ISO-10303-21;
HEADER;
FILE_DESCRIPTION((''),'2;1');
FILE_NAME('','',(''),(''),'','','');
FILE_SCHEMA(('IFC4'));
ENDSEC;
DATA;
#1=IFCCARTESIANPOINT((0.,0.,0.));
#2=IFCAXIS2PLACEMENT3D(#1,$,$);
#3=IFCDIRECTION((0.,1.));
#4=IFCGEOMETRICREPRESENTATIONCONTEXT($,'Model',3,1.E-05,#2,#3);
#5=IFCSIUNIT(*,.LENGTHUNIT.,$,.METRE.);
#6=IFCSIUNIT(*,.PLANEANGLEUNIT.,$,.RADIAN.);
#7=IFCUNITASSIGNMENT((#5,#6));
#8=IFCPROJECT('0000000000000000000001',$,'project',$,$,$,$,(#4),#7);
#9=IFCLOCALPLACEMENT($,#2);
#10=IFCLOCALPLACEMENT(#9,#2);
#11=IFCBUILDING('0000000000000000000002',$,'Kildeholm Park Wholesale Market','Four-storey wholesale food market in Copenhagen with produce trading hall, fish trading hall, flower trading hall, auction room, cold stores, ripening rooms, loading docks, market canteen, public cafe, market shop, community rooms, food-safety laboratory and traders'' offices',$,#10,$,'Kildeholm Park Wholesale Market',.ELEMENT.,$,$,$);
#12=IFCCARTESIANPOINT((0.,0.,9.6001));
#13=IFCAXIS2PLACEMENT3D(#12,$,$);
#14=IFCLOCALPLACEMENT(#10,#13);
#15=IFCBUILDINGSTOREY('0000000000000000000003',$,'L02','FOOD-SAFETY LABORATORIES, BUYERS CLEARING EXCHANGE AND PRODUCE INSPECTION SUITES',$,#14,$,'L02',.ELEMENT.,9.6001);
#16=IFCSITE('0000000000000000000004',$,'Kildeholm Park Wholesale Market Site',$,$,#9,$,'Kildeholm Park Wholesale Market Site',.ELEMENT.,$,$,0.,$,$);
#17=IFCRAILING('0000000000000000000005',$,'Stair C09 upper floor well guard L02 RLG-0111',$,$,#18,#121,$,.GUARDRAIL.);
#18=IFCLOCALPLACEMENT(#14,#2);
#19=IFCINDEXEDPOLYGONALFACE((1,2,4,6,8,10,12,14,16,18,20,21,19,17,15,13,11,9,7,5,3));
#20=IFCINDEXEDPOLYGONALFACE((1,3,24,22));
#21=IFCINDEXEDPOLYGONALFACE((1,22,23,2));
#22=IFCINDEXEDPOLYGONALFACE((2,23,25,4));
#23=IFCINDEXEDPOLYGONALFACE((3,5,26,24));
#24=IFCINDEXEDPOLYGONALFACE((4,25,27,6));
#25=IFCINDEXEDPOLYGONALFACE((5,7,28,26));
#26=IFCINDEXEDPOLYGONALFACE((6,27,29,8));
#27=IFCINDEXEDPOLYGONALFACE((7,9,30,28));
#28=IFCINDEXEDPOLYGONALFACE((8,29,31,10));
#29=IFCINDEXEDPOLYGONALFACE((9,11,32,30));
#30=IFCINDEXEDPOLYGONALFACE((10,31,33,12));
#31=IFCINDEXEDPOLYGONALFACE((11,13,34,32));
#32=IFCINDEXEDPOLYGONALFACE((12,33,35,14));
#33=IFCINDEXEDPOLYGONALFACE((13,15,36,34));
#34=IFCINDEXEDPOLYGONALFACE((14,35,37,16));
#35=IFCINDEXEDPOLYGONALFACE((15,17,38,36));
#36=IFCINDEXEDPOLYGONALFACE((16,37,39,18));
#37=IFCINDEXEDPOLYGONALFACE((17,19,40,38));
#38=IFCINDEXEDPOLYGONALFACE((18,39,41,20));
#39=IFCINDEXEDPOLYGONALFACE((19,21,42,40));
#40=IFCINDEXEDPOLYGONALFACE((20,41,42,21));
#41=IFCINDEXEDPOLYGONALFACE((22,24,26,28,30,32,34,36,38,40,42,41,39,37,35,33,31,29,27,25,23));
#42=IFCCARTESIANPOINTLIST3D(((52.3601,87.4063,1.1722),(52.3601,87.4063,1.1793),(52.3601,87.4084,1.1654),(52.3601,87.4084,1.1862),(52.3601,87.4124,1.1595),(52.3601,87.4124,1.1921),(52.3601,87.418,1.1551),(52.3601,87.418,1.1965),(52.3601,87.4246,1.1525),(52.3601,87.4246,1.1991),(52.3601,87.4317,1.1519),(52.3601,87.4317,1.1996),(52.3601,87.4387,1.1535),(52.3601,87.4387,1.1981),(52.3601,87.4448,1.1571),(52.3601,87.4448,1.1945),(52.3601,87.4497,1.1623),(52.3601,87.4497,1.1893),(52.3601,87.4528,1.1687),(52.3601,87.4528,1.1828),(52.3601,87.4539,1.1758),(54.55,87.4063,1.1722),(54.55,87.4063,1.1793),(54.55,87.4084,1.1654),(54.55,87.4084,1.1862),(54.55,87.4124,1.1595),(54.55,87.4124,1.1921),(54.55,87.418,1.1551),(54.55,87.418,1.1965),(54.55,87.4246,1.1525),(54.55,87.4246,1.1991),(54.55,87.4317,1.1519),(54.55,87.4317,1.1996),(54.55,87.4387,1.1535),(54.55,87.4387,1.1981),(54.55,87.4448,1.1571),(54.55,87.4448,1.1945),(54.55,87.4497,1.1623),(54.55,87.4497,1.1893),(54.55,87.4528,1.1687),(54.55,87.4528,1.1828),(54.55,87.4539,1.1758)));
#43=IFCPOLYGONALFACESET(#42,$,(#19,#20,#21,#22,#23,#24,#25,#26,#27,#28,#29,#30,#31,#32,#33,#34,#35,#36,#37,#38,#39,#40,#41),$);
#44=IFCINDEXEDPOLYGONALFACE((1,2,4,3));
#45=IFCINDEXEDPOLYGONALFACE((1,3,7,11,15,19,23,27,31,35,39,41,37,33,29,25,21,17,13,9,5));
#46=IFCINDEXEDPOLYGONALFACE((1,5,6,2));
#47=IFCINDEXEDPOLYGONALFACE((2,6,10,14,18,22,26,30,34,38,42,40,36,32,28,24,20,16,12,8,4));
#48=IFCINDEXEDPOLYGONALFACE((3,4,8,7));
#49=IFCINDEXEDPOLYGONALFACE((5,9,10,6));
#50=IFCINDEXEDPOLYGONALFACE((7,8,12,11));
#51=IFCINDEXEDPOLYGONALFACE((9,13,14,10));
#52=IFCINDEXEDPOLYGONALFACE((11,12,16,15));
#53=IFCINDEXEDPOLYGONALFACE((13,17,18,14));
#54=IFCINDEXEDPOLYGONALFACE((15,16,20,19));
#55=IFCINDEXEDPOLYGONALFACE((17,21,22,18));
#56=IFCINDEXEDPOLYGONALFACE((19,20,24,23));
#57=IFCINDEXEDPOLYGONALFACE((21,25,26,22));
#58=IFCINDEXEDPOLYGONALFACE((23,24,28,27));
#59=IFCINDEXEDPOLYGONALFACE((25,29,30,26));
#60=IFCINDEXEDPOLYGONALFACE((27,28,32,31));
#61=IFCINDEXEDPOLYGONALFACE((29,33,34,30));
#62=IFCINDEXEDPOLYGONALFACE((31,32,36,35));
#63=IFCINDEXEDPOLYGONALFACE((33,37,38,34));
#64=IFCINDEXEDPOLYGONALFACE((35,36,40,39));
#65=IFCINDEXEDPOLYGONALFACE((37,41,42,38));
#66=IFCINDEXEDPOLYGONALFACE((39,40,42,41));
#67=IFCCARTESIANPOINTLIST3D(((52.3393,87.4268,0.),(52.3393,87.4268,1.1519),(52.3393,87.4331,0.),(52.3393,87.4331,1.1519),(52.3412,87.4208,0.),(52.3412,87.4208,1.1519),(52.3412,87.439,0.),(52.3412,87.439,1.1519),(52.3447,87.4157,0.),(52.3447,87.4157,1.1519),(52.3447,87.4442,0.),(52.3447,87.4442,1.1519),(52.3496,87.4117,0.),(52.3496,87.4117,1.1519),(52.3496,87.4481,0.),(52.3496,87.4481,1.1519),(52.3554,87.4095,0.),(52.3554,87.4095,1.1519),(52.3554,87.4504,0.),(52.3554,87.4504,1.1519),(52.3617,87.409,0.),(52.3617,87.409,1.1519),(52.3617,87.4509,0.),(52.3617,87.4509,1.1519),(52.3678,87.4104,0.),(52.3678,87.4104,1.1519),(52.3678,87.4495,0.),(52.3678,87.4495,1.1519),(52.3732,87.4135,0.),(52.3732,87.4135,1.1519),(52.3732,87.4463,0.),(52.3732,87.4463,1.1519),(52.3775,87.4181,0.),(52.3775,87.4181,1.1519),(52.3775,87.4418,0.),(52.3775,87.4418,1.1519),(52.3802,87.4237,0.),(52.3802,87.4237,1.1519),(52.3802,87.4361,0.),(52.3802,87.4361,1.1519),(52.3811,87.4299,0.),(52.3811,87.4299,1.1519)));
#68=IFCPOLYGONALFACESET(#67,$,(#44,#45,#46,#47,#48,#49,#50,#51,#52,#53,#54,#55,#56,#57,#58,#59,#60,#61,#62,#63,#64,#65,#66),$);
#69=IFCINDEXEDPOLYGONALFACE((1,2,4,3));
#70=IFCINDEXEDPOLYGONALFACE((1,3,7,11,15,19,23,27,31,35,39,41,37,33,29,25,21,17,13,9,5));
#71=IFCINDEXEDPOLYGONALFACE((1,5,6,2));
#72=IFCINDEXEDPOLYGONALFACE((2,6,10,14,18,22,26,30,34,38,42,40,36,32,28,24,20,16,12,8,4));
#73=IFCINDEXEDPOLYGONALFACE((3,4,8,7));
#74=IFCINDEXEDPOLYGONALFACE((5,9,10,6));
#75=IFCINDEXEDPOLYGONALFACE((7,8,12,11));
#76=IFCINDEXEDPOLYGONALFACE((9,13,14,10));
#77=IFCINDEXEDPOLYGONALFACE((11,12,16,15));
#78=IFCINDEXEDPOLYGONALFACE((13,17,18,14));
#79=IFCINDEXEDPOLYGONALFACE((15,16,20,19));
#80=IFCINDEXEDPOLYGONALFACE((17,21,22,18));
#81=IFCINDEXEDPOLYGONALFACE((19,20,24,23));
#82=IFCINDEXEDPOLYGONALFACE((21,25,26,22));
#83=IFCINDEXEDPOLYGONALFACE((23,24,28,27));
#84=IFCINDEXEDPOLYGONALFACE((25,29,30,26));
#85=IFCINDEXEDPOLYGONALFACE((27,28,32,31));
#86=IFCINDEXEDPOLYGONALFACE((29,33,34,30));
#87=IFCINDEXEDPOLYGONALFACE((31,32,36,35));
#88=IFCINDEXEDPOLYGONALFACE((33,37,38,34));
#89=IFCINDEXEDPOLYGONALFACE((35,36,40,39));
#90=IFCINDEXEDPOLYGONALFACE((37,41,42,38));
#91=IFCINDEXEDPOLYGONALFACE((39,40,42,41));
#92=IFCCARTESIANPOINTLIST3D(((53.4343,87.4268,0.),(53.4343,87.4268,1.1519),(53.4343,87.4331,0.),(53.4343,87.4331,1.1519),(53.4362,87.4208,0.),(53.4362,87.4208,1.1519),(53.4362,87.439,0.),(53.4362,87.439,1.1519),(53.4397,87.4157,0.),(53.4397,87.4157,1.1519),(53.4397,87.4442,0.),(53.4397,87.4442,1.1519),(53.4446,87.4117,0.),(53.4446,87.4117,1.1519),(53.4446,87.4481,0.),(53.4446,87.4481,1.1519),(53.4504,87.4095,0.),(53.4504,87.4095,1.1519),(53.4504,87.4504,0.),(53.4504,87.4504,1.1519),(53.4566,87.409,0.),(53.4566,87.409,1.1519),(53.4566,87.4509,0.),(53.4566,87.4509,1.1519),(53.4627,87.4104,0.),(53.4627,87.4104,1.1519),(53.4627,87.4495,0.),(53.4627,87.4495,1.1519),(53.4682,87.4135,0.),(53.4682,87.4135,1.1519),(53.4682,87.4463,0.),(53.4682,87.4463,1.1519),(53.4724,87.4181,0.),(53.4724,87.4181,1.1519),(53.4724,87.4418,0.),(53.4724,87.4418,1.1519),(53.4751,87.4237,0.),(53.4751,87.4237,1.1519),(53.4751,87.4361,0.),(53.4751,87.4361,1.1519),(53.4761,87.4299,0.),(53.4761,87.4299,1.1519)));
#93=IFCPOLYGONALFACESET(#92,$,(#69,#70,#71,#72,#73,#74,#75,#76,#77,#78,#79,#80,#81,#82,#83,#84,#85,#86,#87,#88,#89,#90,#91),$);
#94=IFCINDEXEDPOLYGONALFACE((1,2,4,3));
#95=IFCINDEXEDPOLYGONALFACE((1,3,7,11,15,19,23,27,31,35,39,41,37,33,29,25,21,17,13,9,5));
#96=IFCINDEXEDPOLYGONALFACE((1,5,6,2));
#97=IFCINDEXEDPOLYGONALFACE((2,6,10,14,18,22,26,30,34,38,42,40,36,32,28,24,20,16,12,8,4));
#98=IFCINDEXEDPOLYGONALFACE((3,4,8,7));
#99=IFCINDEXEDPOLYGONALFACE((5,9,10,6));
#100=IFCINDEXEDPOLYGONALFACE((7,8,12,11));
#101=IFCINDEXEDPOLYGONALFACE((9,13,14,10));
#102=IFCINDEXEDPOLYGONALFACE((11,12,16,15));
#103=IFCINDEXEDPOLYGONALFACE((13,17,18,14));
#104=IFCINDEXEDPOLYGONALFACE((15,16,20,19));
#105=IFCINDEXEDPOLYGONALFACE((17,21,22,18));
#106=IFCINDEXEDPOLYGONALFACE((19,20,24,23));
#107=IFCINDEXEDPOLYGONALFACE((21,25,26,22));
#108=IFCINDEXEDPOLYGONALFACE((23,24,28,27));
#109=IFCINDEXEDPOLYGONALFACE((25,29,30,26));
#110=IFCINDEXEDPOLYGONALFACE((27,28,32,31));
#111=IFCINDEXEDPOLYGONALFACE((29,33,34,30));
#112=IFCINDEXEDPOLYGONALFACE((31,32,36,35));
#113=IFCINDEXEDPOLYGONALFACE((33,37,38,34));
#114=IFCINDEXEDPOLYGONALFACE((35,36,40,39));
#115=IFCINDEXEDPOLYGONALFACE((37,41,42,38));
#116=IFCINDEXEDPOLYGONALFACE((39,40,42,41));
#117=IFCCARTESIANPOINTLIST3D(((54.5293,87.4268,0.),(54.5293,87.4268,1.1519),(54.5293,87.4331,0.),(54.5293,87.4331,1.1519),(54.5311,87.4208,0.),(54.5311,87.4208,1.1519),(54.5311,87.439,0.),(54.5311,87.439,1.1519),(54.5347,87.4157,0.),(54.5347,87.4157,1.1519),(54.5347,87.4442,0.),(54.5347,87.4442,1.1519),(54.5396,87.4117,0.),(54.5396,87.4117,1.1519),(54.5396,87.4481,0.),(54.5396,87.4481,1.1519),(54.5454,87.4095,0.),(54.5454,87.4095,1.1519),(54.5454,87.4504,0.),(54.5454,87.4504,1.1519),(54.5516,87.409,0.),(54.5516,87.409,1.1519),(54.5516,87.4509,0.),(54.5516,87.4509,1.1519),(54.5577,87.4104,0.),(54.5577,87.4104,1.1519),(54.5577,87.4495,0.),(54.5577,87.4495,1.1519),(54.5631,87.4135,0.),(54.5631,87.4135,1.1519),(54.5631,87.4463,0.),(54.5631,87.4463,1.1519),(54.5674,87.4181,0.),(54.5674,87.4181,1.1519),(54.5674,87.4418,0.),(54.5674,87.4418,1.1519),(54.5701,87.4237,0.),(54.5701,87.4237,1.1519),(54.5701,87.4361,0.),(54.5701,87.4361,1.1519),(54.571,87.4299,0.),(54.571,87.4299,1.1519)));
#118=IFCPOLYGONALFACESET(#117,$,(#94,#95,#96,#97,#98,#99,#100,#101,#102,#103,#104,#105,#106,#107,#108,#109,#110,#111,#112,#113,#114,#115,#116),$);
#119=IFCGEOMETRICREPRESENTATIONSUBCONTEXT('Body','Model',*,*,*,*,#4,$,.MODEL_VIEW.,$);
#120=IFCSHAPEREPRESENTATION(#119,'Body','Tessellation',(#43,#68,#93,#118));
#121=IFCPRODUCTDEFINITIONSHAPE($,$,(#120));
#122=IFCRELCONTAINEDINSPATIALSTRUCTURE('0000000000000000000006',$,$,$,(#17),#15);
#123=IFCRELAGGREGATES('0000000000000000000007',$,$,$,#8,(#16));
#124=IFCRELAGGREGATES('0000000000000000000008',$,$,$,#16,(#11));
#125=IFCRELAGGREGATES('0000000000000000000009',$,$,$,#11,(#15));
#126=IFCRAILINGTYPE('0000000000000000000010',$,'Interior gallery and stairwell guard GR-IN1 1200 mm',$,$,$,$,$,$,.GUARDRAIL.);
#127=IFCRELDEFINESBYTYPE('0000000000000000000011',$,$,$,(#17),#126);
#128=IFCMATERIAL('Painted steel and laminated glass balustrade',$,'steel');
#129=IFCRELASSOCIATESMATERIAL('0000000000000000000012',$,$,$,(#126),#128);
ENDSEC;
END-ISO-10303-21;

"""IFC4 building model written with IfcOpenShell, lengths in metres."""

from ifc_helpers import new_model, si_unit, direction, frame, origin, origin_2d, place, context, subcontext, project, spatial, circle, extrude, material, type_object, element, save


model = new_model("IFC4")

# Units and contexts
model_context = context("Model", 3, precision=1e-05, world=origin(), true_north=direction((0.0, 1.0)))
body_context = subcontext(model_context, "Body", "Model", "MODEL_VIEW")
ifc_project = project(units=[si_unit("LENGTHUNIT", "METRE"), si_unit("PLANEANGLEUNIT", "RADIAN")], contexts=[model_context])

# Site, building, storey
site_placement = place(None, origin())
site = spatial("IfcSite", under=ifc_project, at=site_placement, Name="Kildeholm Park Wholesale Market Site", LongName="Kildeholm Park Wholesale Market Site", CompositionType="ELEMENT", RefElevation=0.0)
building_placement = place(site_placement, origin())
building = spatial("IfcBuilding", under=site, at=building_placement, Name="Kildeholm Park Wholesale Market", Description="Four-storey wholesale food market in Copenhagen with produce trading hall, fish trading hall, flower trading hall, auction room, cold stores, ripening rooms, loading docks, market canteen, public cafe, market shop, community rooms, food-safety laboratory and traders' offices", LongName="Kildeholm Park Wholesale Market", CompositionType="ELEMENT")
storey_placement = place(building_placement, frame((0.0, 0.0, 9.6001)))
storey = spatial("IfcBuildingStorey", under=building, at=storey_placement, Name="L02", Description="FOOD-SAFETY LABORATORIES, BUYERS CLEARING EXCHANGE AND PRODUCE INSPECTION SUITES", LongName="L02", CompositionType="ELEMENT", Elevation=9.6001)

# Railing
ifc_material_1 = material(Name="Painted steel and laminated glass balustrade", Category="steel")
railing_type = type_object("IfcRailingType", Name="Interior gallery and stairwell guard GR-IN1 1200 mm", PredefinedType="GUARDRAIL", material=ifc_material_1)
railing_placement = place(storey_placement, frame((52.3601, 87.4299, 0.0)))
element("IfcRailing", 1, at=railing_placement, inside=storey, type_object=railing_type, Name="Stair C09 upper floor well guard L02 RLG-0111", PredefinedType="GUARDRAIL", context=body_context, shape_type="SweptSolid", body=[
    extrude(circle(Radius=0.0239, at=origin_2d()), frame((0.0, 0.0, 1.1758), z_axis=(1.0, 0.0, 0.0), x_axis=(0.0, 1.0, 0.0)), (0.0, 0.0, 1.0), 2.1899),
    extrude(circle(Radius=0.021, at=origin_2d()), origin(), (0.0, 0.0, 1.0), 1.1519),
    extrude(circle(Radius=0.021, at=origin_2d()), frame((1.095, 0.0, 0.0)), (0.0, 0.0, 1.0), 1.1519),
    extrude(circle(Radius=0.021, at=origin_2d()), frame((2.1899, 0.0, 0.0)), (0.0, 0.0, 1.0), 1.1519),
])

save(model, "model.ifc")
